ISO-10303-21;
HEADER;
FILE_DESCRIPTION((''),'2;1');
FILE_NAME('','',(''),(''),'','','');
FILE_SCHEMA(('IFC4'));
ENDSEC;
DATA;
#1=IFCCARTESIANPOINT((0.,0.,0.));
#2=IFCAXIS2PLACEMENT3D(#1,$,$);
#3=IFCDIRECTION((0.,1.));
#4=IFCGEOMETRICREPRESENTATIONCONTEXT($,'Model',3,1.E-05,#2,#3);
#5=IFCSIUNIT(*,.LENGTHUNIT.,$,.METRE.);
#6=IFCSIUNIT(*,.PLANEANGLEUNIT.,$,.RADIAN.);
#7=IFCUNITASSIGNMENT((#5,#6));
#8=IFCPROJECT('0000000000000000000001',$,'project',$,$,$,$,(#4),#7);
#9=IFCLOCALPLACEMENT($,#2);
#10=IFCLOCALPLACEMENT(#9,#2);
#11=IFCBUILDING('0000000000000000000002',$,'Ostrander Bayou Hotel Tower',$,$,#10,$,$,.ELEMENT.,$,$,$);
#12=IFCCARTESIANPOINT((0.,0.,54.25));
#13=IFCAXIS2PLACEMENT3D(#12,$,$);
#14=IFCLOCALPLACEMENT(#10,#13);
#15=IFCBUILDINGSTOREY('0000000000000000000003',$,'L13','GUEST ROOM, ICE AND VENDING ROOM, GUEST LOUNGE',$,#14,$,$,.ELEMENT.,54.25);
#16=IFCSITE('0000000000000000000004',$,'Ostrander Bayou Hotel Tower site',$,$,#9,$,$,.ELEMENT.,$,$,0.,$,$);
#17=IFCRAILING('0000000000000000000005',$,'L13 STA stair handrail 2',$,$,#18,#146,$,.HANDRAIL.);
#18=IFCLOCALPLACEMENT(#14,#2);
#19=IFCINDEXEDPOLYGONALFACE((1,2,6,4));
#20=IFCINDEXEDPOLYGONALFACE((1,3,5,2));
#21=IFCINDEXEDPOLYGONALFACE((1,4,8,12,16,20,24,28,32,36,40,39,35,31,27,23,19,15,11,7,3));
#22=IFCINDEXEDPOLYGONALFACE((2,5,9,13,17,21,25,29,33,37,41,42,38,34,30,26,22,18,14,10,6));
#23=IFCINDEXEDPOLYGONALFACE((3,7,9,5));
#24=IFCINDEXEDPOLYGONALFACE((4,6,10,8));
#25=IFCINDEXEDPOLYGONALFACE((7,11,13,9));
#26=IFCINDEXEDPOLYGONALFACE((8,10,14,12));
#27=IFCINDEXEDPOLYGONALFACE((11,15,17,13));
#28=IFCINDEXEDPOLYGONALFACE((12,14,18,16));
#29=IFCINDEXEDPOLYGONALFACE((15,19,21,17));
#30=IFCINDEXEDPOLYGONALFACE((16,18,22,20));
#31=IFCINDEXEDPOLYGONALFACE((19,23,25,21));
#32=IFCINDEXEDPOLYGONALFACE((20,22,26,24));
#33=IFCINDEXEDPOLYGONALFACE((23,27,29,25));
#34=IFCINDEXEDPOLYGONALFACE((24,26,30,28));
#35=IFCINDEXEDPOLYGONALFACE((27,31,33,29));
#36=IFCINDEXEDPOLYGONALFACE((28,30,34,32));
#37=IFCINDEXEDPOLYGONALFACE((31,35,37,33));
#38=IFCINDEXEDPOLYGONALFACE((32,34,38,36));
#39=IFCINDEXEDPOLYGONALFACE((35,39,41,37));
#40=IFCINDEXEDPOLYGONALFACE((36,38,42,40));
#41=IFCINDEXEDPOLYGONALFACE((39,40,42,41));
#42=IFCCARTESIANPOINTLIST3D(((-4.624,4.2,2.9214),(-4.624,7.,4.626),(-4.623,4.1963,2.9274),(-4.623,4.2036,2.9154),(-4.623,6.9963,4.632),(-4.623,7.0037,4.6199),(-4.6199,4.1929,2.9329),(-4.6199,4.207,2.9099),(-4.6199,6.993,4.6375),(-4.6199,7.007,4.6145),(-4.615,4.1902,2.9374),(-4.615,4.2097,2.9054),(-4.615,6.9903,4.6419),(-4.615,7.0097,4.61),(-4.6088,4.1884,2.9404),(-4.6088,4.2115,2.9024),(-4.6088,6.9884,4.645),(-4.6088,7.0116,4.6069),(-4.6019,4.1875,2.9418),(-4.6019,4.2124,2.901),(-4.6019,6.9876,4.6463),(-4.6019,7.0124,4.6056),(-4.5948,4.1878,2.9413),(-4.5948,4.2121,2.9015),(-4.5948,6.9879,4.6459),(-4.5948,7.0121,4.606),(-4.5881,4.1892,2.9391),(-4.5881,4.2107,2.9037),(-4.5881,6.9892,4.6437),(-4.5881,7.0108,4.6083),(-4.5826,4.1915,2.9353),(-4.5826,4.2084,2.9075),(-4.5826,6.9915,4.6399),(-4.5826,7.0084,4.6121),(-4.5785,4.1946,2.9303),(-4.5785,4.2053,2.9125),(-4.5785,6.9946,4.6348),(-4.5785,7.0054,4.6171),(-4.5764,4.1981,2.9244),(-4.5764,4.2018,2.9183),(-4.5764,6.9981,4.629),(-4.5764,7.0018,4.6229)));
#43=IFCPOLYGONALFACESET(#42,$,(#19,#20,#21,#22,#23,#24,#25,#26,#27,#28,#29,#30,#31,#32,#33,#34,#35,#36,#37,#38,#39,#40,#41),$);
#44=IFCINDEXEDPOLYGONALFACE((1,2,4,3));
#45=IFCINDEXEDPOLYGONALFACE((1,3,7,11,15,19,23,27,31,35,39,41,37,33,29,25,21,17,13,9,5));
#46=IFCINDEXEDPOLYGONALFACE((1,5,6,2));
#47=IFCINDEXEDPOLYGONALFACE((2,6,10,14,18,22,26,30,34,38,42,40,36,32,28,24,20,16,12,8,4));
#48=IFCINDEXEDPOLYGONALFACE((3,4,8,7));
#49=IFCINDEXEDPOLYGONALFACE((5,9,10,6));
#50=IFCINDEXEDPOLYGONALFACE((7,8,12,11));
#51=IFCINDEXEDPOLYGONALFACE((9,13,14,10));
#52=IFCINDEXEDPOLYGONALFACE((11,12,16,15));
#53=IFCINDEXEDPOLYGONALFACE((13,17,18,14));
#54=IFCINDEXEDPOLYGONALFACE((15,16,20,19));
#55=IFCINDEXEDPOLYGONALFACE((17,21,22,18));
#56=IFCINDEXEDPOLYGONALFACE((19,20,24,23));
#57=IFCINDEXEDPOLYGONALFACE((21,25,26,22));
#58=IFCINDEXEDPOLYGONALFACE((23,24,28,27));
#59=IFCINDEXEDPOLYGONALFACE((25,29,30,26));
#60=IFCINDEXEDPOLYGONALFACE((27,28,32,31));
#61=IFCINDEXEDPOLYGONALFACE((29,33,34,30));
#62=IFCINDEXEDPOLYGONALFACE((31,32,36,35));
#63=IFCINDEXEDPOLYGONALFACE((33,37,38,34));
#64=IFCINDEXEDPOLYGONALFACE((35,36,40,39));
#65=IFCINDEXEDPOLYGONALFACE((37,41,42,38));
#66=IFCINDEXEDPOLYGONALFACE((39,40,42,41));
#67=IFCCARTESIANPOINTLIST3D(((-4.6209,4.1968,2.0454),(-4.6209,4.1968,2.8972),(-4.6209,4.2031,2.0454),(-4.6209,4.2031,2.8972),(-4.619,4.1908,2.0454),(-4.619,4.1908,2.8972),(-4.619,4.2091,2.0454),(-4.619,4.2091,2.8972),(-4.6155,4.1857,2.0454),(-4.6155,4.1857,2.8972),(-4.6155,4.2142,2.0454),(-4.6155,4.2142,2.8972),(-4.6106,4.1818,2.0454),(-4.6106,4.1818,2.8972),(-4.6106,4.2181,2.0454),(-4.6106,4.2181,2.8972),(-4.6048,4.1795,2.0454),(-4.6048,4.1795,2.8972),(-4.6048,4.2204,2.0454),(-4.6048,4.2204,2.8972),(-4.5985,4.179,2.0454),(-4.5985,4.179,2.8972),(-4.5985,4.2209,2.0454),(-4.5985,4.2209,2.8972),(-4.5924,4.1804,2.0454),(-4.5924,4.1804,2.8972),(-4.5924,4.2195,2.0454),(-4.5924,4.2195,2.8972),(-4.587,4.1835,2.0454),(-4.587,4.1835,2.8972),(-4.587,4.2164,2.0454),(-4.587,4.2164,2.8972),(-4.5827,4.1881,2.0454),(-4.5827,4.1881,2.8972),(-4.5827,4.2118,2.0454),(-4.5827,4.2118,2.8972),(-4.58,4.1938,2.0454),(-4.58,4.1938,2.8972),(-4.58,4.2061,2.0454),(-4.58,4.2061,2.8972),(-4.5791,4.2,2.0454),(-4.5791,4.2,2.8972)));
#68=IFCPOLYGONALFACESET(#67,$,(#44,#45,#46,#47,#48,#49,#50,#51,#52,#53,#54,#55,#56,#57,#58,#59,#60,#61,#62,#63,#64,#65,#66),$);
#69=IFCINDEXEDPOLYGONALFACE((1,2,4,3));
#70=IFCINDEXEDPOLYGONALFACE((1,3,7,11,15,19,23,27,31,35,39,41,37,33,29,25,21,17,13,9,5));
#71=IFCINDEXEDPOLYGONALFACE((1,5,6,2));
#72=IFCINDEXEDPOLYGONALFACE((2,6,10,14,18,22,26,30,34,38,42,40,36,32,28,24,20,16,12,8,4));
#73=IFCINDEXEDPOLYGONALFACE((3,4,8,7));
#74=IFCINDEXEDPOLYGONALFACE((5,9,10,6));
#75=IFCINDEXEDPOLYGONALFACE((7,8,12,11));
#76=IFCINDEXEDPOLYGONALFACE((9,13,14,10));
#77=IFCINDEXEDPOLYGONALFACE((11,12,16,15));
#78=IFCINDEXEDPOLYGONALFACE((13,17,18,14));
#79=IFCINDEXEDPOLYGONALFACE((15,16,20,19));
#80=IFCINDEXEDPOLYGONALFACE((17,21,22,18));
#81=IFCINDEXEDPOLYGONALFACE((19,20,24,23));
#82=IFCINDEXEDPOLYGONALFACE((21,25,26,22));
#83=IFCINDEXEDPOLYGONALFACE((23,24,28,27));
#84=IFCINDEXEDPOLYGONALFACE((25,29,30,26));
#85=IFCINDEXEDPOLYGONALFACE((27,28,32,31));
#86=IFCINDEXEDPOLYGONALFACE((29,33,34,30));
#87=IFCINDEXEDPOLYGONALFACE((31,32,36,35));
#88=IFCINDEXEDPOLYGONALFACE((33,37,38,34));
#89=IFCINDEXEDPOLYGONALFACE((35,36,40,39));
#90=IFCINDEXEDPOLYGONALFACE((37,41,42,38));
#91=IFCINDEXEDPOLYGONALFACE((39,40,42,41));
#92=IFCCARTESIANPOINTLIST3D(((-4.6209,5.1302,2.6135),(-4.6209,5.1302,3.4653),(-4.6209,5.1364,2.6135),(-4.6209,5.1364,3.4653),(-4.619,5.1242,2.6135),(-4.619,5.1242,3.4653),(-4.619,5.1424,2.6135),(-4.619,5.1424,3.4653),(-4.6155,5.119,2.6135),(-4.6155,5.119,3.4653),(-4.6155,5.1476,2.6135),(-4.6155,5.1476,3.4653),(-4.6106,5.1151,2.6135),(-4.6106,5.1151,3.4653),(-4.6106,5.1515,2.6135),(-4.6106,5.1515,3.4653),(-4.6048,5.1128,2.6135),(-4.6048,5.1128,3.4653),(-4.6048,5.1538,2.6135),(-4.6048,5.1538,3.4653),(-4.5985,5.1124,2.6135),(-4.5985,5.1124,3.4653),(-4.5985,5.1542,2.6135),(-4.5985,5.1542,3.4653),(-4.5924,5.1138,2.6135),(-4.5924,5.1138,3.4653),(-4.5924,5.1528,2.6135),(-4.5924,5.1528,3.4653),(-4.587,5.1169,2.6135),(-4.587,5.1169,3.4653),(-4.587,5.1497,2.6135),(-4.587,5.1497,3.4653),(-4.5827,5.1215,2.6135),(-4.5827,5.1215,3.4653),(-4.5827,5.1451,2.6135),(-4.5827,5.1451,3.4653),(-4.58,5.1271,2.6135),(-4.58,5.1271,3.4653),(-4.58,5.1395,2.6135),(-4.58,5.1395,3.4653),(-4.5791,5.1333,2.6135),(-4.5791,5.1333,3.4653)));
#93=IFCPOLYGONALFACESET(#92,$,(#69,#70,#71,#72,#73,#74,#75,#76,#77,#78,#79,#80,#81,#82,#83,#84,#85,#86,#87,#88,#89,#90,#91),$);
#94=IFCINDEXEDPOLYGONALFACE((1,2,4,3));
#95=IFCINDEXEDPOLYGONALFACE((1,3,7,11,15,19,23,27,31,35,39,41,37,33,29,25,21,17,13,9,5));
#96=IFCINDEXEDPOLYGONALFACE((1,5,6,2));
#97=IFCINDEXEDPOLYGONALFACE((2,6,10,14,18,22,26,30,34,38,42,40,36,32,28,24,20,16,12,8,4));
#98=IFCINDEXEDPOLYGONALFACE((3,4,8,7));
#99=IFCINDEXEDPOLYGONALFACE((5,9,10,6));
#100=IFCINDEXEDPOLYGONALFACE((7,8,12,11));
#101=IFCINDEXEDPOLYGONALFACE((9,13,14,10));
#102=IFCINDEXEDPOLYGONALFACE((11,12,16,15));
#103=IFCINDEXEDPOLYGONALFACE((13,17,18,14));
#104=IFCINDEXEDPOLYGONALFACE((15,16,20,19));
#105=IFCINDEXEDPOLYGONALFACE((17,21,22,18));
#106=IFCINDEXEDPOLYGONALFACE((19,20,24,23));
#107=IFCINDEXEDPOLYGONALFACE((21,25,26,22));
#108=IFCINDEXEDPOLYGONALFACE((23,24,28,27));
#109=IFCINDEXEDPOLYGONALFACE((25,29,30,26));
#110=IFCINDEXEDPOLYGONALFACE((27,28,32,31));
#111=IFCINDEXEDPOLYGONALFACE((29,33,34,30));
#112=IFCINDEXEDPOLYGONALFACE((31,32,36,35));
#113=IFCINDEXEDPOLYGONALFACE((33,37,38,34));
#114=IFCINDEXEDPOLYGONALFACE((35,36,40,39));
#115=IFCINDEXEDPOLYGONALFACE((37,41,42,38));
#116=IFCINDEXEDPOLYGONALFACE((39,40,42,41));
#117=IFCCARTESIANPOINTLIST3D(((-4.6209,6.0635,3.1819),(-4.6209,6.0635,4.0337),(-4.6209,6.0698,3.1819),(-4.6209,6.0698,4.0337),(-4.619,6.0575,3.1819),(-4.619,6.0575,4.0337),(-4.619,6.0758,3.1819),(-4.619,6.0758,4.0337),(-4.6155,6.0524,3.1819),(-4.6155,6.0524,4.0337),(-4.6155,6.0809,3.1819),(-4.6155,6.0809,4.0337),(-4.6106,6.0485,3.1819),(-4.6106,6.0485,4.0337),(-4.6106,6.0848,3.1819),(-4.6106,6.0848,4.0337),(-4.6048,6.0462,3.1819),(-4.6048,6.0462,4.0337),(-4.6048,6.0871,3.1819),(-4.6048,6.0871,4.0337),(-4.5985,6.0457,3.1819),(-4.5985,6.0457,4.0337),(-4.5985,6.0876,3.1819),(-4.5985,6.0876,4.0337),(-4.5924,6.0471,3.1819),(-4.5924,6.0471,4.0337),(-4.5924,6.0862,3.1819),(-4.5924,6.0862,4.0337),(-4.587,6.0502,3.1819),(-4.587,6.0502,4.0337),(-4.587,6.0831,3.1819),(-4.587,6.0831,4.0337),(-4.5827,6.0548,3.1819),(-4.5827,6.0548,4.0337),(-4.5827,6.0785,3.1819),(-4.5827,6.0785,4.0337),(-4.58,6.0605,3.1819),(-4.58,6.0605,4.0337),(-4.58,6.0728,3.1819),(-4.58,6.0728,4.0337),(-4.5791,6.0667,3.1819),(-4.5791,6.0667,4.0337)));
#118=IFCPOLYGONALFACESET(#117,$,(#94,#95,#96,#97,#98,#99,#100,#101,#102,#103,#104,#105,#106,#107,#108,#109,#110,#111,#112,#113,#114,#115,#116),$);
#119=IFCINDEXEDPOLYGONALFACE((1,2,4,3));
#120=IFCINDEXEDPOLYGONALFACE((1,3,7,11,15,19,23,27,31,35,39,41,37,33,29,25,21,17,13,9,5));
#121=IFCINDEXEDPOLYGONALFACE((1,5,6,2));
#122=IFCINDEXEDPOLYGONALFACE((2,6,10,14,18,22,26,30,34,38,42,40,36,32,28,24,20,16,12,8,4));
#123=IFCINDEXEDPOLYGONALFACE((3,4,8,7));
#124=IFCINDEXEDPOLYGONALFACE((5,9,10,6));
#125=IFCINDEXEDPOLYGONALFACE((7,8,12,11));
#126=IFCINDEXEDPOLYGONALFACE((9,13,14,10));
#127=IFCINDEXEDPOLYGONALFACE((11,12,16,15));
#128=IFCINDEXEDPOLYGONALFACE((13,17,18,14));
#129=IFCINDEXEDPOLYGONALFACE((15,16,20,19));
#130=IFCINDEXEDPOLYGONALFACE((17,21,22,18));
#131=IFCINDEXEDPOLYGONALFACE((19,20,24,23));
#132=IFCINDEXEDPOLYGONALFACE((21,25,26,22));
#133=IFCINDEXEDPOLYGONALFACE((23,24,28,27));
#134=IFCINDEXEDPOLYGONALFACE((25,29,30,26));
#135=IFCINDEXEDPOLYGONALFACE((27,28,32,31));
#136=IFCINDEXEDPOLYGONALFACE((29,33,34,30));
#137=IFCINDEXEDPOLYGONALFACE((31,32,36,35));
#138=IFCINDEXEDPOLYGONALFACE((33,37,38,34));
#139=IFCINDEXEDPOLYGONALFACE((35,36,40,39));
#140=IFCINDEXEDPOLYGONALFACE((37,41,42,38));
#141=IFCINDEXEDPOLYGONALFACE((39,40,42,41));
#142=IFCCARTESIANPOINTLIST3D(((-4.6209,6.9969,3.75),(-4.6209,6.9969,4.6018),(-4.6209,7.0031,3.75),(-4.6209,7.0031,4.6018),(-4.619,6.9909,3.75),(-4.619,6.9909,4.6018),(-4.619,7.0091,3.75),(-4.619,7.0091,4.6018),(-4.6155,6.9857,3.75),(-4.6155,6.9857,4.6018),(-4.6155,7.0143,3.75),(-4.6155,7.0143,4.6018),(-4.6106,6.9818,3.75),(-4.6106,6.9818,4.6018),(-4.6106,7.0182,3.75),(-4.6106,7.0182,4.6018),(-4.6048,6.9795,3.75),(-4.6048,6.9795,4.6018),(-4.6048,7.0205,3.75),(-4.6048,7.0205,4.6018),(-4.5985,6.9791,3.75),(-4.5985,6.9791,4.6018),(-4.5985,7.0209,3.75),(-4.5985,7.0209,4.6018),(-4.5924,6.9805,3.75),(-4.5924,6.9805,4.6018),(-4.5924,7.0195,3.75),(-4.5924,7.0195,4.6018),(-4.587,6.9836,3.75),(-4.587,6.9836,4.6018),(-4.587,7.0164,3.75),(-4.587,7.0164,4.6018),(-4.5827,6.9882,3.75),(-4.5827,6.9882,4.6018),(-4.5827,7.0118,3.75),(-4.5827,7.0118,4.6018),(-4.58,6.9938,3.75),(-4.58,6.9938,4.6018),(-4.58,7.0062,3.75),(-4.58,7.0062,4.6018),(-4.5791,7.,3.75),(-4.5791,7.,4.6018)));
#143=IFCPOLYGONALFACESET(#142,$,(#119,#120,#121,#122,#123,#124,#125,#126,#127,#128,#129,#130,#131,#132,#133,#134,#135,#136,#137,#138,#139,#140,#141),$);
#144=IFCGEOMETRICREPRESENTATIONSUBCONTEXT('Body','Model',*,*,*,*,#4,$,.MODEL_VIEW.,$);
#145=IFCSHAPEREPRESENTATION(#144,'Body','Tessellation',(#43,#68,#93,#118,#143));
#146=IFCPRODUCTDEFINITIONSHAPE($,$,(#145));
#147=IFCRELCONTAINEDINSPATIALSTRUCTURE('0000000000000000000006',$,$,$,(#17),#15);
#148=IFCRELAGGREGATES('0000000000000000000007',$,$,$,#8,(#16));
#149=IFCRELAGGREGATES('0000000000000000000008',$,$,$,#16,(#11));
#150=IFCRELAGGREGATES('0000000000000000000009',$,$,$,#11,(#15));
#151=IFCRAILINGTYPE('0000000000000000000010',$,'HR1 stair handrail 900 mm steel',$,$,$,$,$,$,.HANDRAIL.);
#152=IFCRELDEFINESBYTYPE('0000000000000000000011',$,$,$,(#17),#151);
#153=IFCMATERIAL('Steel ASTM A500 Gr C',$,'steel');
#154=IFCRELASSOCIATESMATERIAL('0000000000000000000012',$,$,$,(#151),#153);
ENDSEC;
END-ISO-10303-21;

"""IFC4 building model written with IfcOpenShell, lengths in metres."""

from ifc_helpers import new_model, si_unit, direction, frame, origin, origin_2d, place, context, subcontext, project, spatial, circle, extrude, material, type_object, element, save


model = new_model("IFC4")

# Units and contexts
model_context = context("Model", 3, precision=1e-05, world=origin(), true_north=direction((0.0, 1.0)))
body_context = subcontext(model_context, "Body", "Model", "MODEL_VIEW")
ifc_project = project(units=[si_unit("LENGTHUNIT", "METRE"), si_unit("PLANEANGLEUNIT", "RADIAN")], contexts=[model_context])

# Site, building, storey
site_placement = place(None, origin())
site = spatial("IfcSite", under=ifc_project, at=site_placement, Name="Ostrander Bayou Hotel Tower site", CompositionType="ELEMENT", RefElevation=0.0)
building_placement = place(site_placement, origin())
building = spatial("IfcBuilding", under=site, at=building_placement, Name="Ostrander Bayou Hotel Tower", CompositionType="ELEMENT")
storey_placement = place(building_placement, frame((0.0, 0.0, 54.25)))
storey = spatial("IfcBuildingStorey", under=building, at=storey_placement, Name="L13", Description="GUEST ROOM, ICE AND VENDING ROOM, GUEST LOUNGE", CompositionType="ELEMENT", Elevation=54.25)

# Railing
ifc_material_1 = material(Name="Steel ASTM A500 Gr C", Category="steel")
railing_type_1 = type_object("IfcRailingType", Name="HR1 stair handrail 900 mm steel", PredefinedType="HANDRAIL", material=ifc_material_1)
railing_1_placement = place(storey_placement, frame((-4.6001, 4.2, 2.0454)))
element("IfcRailing", 1, at=railing_1_placement, inside=storey, type_object=railing_type_1, Name="L13 STA stair handrail 2", PredefinedType="HANDRAIL", context=body_context, shape_type="SweptSolid", body=[
    extrude(circle(Radius=0.0239, at=origin_2d()), frame((0.0, 0.0, 0.876), z_axis=(0.0, 0.85417, 0.519994), x_axis=(-1.0, 0.0, 0.0)), (0.0, 0.0, 1.0), 3.2781),
    extrude(circle(Radius=0.021, at=origin_2d()), origin(), (0.0, 0.0, 1.0), 0.8518),
    extrude(circle(Radius=0.021, at=origin_2d()), frame((0.0, 0.9333, 0.5681)), (0.0, 0.0, 1.0), 0.8518),
    extrude(circle(Radius=0.021, at=origin_2d()), frame((0.0, 1.8667, 1.1365)), (0.0, 0.0, 1.0), 0.8518),
    extrude(circle(Radius=0.021, at=origin_2d()), frame((0.0, 2.8, 1.7046)), (0.0, 0.0, 1.0), 0.8518),
])

save(model, "model.ifc")
